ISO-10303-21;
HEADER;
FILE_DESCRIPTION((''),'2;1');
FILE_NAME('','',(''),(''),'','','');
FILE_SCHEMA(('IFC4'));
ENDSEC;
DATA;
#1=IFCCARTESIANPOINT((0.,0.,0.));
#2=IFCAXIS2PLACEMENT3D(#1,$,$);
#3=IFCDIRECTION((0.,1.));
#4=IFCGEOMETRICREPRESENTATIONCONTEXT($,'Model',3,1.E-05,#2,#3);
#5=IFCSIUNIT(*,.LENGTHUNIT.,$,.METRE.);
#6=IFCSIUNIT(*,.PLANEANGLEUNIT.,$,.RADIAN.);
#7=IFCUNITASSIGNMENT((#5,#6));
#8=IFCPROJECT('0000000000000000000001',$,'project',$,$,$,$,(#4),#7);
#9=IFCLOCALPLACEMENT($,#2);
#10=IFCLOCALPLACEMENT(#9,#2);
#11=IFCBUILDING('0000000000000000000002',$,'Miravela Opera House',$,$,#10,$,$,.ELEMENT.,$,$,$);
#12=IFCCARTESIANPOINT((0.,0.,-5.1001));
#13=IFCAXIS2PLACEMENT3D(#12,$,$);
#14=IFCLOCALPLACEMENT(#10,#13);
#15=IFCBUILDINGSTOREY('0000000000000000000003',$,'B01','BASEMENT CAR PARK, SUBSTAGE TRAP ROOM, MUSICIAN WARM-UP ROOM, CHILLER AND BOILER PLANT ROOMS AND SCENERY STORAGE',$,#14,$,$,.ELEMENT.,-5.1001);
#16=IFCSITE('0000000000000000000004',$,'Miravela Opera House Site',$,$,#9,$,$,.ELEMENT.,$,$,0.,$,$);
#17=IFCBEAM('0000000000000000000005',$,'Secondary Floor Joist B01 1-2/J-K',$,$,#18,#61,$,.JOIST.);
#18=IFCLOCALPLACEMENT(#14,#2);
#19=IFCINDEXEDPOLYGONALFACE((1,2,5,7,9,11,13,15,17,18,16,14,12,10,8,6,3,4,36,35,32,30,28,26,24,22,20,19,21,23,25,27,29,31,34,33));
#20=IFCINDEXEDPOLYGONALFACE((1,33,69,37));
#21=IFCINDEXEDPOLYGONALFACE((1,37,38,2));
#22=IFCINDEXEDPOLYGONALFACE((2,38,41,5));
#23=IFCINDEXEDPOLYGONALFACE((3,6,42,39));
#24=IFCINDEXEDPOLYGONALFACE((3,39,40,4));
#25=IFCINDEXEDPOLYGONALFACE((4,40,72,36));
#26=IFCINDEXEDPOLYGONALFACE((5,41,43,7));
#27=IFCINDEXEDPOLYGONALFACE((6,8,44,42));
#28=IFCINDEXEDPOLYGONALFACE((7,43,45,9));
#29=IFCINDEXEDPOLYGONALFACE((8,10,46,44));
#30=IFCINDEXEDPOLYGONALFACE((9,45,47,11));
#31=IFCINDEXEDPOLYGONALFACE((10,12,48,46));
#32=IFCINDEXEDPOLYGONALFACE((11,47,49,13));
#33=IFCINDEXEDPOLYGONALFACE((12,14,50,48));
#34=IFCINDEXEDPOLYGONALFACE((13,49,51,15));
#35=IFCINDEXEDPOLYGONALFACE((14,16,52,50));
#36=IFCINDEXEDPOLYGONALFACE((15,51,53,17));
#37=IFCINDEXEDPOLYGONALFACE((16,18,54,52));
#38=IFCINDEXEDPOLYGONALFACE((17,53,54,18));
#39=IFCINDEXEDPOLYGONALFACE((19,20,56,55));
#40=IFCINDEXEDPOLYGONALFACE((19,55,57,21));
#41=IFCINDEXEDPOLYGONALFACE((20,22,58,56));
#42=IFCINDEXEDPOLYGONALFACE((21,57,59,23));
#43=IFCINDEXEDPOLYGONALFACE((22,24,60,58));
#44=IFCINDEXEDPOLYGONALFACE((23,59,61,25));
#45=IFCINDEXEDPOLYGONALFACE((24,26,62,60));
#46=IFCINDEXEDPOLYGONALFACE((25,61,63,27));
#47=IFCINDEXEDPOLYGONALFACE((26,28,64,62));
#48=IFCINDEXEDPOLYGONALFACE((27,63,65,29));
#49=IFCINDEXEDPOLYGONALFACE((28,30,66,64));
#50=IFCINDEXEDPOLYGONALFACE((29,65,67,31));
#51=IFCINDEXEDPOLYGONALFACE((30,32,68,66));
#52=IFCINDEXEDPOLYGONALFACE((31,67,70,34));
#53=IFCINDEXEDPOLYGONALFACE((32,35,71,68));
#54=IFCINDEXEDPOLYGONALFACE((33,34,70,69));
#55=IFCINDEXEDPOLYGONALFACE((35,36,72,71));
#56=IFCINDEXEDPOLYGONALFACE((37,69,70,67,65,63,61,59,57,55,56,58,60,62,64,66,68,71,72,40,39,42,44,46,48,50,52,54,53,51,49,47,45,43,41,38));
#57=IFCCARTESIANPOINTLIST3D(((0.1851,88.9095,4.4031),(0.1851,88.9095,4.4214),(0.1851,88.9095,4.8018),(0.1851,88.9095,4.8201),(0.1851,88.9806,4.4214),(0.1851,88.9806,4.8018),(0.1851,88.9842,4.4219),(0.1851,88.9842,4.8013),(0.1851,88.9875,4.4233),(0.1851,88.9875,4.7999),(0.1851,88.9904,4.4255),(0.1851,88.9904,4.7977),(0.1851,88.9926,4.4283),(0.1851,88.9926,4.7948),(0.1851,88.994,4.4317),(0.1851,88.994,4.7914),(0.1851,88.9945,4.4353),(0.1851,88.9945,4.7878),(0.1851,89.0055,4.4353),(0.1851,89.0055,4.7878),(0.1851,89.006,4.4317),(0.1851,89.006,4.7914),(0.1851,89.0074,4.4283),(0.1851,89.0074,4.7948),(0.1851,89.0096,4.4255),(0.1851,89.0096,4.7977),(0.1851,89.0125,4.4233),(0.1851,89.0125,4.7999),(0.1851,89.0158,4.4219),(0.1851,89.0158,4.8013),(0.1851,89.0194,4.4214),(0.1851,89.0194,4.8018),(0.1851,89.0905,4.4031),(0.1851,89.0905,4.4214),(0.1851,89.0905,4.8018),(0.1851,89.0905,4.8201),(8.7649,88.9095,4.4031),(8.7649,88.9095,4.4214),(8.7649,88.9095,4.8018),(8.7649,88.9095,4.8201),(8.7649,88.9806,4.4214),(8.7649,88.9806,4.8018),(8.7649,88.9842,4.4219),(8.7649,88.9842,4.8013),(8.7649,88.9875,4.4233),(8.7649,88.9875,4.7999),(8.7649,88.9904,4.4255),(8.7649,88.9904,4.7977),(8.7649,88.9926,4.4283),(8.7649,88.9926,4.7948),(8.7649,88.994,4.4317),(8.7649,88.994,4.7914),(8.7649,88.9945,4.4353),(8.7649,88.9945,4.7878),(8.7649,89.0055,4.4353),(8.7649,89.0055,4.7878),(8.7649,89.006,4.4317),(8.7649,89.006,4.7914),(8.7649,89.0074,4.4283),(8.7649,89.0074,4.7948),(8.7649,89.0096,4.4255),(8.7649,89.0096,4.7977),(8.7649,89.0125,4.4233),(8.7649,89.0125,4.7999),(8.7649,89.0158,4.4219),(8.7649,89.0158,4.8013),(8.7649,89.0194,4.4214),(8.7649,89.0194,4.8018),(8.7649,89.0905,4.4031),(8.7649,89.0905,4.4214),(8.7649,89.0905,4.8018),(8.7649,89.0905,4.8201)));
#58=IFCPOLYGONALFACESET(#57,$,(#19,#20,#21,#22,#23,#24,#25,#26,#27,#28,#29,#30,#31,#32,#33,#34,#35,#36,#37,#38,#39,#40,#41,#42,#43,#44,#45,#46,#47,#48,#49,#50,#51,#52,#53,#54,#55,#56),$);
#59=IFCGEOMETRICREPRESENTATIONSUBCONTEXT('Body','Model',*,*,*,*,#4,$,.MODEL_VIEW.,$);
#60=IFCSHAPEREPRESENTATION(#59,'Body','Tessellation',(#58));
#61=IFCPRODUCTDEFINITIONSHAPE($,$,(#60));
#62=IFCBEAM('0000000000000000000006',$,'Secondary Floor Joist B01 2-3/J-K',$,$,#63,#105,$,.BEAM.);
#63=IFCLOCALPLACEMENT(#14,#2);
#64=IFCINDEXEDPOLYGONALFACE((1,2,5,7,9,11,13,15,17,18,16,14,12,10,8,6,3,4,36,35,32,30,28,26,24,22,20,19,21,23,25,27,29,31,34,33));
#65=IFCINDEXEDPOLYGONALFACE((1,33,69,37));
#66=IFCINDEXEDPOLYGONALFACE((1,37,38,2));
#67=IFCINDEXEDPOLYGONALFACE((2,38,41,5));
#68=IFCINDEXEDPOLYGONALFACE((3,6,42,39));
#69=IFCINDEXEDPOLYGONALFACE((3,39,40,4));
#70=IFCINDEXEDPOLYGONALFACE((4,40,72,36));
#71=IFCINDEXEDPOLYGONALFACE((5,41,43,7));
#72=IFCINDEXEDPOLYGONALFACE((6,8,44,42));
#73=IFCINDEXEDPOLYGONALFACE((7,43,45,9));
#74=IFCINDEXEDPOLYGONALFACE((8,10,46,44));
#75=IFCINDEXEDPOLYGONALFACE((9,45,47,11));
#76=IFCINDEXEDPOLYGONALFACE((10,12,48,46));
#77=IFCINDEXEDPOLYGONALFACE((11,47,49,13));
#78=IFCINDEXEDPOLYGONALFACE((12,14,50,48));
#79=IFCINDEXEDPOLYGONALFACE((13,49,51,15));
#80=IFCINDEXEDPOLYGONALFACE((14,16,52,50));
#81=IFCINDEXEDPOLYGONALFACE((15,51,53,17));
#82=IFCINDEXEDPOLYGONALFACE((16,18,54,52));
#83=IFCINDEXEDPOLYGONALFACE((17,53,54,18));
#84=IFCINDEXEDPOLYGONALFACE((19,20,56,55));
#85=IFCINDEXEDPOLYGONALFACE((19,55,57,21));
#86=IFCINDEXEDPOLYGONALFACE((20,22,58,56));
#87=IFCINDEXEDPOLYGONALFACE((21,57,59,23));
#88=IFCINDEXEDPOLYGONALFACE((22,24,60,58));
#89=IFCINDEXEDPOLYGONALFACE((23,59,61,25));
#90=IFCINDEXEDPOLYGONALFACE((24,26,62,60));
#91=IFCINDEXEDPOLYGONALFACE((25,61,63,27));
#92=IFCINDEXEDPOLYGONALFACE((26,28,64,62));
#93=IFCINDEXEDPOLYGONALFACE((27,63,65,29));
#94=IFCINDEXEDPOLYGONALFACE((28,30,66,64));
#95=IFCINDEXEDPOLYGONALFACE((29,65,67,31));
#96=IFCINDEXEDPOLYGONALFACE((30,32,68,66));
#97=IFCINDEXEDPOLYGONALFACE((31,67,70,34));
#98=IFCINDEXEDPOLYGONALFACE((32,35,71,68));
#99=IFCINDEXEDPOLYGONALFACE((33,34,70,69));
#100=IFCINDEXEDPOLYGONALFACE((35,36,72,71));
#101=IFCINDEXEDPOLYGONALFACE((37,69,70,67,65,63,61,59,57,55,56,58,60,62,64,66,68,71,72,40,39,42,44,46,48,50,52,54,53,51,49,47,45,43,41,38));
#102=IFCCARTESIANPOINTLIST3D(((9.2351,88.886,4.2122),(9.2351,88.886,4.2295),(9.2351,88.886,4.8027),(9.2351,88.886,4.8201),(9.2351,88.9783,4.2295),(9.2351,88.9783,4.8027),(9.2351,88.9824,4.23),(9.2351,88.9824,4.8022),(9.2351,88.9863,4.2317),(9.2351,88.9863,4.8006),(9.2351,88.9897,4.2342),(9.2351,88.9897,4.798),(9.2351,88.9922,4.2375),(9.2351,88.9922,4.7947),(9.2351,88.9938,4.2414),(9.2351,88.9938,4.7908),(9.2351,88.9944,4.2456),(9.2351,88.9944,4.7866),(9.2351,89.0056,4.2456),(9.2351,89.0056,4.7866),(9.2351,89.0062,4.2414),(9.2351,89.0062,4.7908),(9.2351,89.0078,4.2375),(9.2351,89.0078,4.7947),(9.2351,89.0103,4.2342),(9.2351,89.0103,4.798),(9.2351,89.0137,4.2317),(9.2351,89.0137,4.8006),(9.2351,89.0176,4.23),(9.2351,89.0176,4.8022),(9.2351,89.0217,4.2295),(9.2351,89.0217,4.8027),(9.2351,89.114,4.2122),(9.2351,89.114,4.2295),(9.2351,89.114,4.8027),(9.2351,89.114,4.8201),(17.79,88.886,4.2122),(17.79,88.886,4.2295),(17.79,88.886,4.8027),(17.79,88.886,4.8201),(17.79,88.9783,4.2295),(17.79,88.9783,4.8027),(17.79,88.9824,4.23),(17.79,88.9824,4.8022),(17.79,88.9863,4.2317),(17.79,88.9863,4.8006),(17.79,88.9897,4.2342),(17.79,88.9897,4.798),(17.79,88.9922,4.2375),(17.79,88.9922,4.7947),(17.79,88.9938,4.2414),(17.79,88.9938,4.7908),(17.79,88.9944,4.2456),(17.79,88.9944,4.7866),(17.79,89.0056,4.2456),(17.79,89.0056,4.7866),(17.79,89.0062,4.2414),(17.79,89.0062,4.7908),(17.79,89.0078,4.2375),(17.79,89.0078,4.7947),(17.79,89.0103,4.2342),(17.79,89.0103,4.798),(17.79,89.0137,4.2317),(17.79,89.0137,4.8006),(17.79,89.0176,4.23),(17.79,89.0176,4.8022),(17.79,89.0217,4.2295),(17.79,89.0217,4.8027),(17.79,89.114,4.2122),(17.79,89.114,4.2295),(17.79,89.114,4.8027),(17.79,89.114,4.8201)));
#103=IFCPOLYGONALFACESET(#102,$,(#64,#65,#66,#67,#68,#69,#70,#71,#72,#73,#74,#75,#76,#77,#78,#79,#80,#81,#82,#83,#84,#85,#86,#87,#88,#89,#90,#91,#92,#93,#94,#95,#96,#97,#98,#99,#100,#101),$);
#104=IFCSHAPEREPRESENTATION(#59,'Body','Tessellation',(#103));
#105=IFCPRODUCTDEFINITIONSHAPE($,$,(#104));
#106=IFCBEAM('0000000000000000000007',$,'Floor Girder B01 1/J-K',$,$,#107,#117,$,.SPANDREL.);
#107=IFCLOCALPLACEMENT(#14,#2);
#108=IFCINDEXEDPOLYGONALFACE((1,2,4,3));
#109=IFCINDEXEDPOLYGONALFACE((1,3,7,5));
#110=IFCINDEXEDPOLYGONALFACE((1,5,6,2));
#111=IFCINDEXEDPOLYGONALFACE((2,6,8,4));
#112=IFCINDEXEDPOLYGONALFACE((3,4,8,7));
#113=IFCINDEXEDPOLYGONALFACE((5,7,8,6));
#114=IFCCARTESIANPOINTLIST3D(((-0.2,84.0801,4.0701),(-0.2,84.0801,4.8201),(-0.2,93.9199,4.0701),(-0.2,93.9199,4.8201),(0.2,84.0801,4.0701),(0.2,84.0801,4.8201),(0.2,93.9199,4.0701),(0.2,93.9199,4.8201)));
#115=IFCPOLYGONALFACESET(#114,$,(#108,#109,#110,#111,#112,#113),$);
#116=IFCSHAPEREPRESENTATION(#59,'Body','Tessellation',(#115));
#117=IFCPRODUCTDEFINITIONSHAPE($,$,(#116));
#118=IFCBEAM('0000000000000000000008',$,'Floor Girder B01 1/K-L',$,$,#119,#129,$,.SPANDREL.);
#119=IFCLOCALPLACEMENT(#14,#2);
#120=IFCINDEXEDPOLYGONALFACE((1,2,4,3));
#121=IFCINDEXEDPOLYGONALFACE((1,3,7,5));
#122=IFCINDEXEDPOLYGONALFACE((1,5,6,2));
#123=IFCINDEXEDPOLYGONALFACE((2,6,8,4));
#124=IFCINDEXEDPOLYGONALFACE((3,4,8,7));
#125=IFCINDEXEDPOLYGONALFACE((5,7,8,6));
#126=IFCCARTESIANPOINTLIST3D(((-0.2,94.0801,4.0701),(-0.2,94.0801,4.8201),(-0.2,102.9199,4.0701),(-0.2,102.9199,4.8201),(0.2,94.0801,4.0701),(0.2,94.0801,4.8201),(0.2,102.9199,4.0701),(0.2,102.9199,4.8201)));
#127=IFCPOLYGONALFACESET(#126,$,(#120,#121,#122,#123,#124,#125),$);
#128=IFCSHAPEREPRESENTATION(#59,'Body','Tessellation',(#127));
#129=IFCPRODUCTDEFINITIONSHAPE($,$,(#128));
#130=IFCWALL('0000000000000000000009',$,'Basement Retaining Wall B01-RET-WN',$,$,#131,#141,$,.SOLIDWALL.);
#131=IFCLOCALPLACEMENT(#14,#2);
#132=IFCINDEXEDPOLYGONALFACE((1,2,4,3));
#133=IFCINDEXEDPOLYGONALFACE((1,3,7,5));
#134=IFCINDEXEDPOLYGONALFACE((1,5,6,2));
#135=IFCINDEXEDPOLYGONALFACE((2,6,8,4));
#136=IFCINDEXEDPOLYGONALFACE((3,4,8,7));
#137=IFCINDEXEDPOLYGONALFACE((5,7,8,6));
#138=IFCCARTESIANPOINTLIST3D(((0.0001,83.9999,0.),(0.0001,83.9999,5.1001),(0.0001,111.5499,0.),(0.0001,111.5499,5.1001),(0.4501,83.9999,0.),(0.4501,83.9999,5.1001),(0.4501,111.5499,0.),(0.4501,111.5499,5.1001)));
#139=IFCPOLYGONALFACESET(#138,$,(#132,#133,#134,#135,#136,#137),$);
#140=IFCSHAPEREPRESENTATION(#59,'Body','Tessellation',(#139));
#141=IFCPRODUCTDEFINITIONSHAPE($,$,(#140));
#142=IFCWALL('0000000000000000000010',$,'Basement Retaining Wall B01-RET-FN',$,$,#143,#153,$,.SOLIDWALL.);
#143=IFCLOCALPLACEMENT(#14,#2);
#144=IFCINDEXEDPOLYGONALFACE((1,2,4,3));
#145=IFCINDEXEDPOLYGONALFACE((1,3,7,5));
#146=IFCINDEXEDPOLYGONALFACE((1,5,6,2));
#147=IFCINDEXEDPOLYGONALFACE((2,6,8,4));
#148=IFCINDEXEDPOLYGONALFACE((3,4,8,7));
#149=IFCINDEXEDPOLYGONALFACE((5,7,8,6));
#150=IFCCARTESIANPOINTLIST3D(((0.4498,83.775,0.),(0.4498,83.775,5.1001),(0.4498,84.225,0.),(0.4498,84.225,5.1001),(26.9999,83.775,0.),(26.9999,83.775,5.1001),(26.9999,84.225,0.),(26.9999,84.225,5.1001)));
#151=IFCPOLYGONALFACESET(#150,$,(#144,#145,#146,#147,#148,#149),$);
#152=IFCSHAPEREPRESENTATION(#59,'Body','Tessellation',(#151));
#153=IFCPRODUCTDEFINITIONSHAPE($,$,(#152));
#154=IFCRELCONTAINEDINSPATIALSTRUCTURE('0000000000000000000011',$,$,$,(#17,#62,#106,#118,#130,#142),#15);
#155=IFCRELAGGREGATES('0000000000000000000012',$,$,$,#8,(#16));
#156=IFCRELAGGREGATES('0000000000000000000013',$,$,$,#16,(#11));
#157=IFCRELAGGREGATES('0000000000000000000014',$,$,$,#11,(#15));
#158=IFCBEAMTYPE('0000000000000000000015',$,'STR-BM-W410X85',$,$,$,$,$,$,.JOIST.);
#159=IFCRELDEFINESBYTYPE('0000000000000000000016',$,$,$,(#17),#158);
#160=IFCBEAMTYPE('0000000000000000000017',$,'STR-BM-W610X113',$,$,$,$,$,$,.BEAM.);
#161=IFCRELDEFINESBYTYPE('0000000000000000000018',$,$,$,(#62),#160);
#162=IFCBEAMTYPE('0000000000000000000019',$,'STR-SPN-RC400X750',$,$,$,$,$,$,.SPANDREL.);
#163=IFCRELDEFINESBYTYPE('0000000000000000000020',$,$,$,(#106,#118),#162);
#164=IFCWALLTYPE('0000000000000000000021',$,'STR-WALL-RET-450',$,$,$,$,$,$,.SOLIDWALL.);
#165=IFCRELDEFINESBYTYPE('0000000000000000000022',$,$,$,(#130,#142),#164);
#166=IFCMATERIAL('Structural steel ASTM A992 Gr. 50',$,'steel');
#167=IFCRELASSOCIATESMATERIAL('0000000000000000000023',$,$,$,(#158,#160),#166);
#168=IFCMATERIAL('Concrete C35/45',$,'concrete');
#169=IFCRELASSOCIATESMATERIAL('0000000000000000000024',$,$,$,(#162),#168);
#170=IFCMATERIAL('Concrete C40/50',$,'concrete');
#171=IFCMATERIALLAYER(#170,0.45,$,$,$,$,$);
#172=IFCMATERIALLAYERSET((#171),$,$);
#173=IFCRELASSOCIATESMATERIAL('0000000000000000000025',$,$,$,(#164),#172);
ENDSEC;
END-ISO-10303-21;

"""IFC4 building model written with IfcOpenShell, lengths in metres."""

from ifc_helpers import new_model, si_unit, direction, frame, frame_2d, origin, origin_2d, place, context, subcontext, project, spatial, rectangle, i_section, extrude, material, layer, layer_set, material_profile, profile_set, type_object, element, save


model = new_model("IFC4")

# Units and contexts
model_context = context("Model", 3, precision=1e-05, world=origin(), true_north=direction((0.0, 1.0)))
body_context = subcontext(model_context, "Body", "Model", "MODEL_VIEW")
ifc_project = project(units=[si_unit("LENGTHUNIT", "METRE"), si_unit("PLANEANGLEUNIT", "RADIAN")], contexts=[model_context])

# Site, building, storey
site_placement = place(None, origin())
site = spatial("IfcSite", under=ifc_project, at=site_placement, Name="Miravela Opera House Site", CompositionType="ELEMENT", RefElevation=0.0)
building_placement = place(site_placement, origin())
building = spatial("IfcBuilding", under=site, at=building_placement, Name="Miravela Opera House", CompositionType="ELEMENT")
storey_placement = place(building_placement, frame((0.0, 0.0, -5.1001)))
storey = spatial("IfcBuildingStorey", under=building, at=storey_placement, Name="B01", Description="BASEMENT CAR PARK, SUBSTAGE TRAP ROOM, MUSICIAN WARM-UP ROOM, CHILLER AND BOILER PLANT ROOMS AND SCENERY STORAGE", CompositionType="ELEMENT", Elevation=-5.1001)

# Shared definitions
ifc_material_1 = material(Name="Concrete C35/45", Category="concrete")

# Shared definitions
ifc_material_2 = material(Name="Concrete C40/50", Category="concrete")

# Beams
ifc_material_3 = material(Name="Structural steel ASTM A992 Gr. 50", Category="steel")
ifc_material_profile_1 = material_profile(ifc_material_3, i_section(OverallWidth=0.1809, OverallDepth=0.417, WebThickness=0.011, FlangeThickness=0.0183, FilletRadius=0.0139, at=origin_2d()), Name="W410X85")
ifc_profile_set_1 = profile_set([ifc_material_profile_1])
beam_type_1 = type_object("IfcBeamType", Name="STR-BM-W410X85", PredefinedType="JOIST", material=ifc_profile_set_1)
beam_1_placement = place(storey_placement, frame((0.1851, 89.0, 4.6116), z_axis=(1.0, 0.0, 0.0), x_axis=(0.0, 1.0, 0.0)))
element("IfcBeam", 1, at=beam_1_placement, inside=storey, type_object=beam_type_1, Name="Secondary Floor Joist B01 1-2/J-K", PredefinedType="JOIST", context=body_context, shape_type="SweptSolid", body=[
    extrude(i_section(OverallWidth=0.1809, OverallDepth=0.417, WebThickness=0.011, FlangeThickness=0.0183, FilletRadius=0.0139, at=origin_2d()), origin(), (0.0, 0.0, 1.0), 8.5798),
])
ifc_material_profile_2 = material_profile(ifc_material_3, i_section(OverallWidth=0.228, OverallDepth=0.6079, WebThickness=0.0112, FlangeThickness=0.0173, FilletRadius=0.0161, at=origin_2d()), Name="W610X113")
ifc_profile_set_2 = profile_set([ifc_material_profile_2])
beam_type_2 = type_object("IfcBeamType", Name="STR-BM-W610X113", PredefinedType="BEAM", material=ifc_profile_set_2)
beam_2_placement = place(storey_placement, frame((9.2351, 89.0, 4.5161), z_axis=(1.0, 0.0, 0.0), x_axis=(0.0, 1.0, 0.0)))
element("IfcBeam", 2, at=beam_2_placement, inside=storey, type_object=beam_type_2, Name="Secondary Floor Joist B01 2-3/J-K", PredefinedType="BEAM", context=body_context, shape_type="SweptSolid", body=[
    extrude(i_section(OverallWidth=0.228, OverallDepth=0.6079, WebThickness=0.0112, FlangeThickness=0.0173, FilletRadius=0.0161, at=origin_2d()), origin(), (0.0, 0.0, 1.0), 8.5549),
])
ifc_material_profile_3 = material_profile(ifc_material_1, rectangle(XDim=0.3999, YDim=0.75, at=origin_2d()), Name="RC-SPN-400X750")
ifc_profile_set_3 = profile_set([ifc_material_profile_3])
beam_type_3 = type_object("IfcBeamType", Name="STR-SPN-RC400X750", PredefinedType="SPANDREL", material=ifc_profile_set_3)
beam_3_placement = place(storey_placement, frame((0.0, 84.0801, 4.4451), z_axis=(0.0, 1.0, 0.0), x_axis=(-1.0, 0.0, 0.0)))
element("IfcBeam", 3, at=beam_3_placement, inside=storey, type_object=beam_type_3, Name="Floor Girder B01 1/J-K", PredefinedType="SPANDREL", context=body_context, shape_type="SweptSolid", body=[
    extrude(rectangle(XDim=0.3999, YDim=0.75, at=origin_2d()), origin(), (0.0, 0.0, 1.0), 9.8398),
])
beam_4_placement = place(storey_placement, frame((0.0, 94.0801, 4.4451), z_axis=(0.0, 1.0, 0.0), x_axis=(-1.0, 0.0, 0.0)))
element("IfcBeam", 4, at=beam_4_placement, inside=storey, type_object=beam_type_3, Name="Floor Girder B01 1/K-L", PredefinedType="SPANDREL", context=body_context, shape_type="SweptSolid", body=[
    extrude(rectangle(XDim=0.3999, YDim=0.75, at=origin_2d()), origin(), (0.0, 0.0, 1.0), 8.8398),
])

# Walls
ifc_layer = layer(ifc_material_2, 0.45)
ifc_layer_set = layer_set([ifc_layer])
wall_type = type_object("IfcWallType", Name="STR-WALL-RET-450", PredefinedType="SOLIDWALL", material=ifc_layer_set)
wall_1_placement = place(storey_placement, frame((0.2251, 84.0, 0.0), z_axis=(0.0, 0.0, 1.0), x_axis=(0.0, 1.0, 0.0)))
element("IfcWall", 5, at=wall_1_placement, inside=storey, type_object=wall_type, Name="Basement Retaining Wall B01-RET-WN", PredefinedType="SOLIDWALL", context=body_context, shape_type="SweptSolid", body=[
    extrude(rectangle(XDim=27.55, YDim=0.45, at=frame_2d((13.7749, 0.0))), origin(), (0.0, 0.0, 1.0), 5.1001),
])
wall_2_placement = place(storey_placement, frame((0.45, 84.0, 0.0), z_axis=(0.0, 0.0, 1.0), x_axis=(1.0, 0.0, 0.0)))
element("IfcWall", 6, at=wall_2_placement, inside=storey, type_object=wall_type, Name="Basement Retaining Wall B01-RET-FN", PredefinedType="SOLIDWALL", context=body_context, shape_type="SweptSolid", body=[
    extrude(rectangle(XDim=26.55, YDim=0.45, at=frame_2d((13.2749, 0.0))), origin(), (0.0, 0.0, 1.0), 5.1001),
])

save(model, "model.ifc")
